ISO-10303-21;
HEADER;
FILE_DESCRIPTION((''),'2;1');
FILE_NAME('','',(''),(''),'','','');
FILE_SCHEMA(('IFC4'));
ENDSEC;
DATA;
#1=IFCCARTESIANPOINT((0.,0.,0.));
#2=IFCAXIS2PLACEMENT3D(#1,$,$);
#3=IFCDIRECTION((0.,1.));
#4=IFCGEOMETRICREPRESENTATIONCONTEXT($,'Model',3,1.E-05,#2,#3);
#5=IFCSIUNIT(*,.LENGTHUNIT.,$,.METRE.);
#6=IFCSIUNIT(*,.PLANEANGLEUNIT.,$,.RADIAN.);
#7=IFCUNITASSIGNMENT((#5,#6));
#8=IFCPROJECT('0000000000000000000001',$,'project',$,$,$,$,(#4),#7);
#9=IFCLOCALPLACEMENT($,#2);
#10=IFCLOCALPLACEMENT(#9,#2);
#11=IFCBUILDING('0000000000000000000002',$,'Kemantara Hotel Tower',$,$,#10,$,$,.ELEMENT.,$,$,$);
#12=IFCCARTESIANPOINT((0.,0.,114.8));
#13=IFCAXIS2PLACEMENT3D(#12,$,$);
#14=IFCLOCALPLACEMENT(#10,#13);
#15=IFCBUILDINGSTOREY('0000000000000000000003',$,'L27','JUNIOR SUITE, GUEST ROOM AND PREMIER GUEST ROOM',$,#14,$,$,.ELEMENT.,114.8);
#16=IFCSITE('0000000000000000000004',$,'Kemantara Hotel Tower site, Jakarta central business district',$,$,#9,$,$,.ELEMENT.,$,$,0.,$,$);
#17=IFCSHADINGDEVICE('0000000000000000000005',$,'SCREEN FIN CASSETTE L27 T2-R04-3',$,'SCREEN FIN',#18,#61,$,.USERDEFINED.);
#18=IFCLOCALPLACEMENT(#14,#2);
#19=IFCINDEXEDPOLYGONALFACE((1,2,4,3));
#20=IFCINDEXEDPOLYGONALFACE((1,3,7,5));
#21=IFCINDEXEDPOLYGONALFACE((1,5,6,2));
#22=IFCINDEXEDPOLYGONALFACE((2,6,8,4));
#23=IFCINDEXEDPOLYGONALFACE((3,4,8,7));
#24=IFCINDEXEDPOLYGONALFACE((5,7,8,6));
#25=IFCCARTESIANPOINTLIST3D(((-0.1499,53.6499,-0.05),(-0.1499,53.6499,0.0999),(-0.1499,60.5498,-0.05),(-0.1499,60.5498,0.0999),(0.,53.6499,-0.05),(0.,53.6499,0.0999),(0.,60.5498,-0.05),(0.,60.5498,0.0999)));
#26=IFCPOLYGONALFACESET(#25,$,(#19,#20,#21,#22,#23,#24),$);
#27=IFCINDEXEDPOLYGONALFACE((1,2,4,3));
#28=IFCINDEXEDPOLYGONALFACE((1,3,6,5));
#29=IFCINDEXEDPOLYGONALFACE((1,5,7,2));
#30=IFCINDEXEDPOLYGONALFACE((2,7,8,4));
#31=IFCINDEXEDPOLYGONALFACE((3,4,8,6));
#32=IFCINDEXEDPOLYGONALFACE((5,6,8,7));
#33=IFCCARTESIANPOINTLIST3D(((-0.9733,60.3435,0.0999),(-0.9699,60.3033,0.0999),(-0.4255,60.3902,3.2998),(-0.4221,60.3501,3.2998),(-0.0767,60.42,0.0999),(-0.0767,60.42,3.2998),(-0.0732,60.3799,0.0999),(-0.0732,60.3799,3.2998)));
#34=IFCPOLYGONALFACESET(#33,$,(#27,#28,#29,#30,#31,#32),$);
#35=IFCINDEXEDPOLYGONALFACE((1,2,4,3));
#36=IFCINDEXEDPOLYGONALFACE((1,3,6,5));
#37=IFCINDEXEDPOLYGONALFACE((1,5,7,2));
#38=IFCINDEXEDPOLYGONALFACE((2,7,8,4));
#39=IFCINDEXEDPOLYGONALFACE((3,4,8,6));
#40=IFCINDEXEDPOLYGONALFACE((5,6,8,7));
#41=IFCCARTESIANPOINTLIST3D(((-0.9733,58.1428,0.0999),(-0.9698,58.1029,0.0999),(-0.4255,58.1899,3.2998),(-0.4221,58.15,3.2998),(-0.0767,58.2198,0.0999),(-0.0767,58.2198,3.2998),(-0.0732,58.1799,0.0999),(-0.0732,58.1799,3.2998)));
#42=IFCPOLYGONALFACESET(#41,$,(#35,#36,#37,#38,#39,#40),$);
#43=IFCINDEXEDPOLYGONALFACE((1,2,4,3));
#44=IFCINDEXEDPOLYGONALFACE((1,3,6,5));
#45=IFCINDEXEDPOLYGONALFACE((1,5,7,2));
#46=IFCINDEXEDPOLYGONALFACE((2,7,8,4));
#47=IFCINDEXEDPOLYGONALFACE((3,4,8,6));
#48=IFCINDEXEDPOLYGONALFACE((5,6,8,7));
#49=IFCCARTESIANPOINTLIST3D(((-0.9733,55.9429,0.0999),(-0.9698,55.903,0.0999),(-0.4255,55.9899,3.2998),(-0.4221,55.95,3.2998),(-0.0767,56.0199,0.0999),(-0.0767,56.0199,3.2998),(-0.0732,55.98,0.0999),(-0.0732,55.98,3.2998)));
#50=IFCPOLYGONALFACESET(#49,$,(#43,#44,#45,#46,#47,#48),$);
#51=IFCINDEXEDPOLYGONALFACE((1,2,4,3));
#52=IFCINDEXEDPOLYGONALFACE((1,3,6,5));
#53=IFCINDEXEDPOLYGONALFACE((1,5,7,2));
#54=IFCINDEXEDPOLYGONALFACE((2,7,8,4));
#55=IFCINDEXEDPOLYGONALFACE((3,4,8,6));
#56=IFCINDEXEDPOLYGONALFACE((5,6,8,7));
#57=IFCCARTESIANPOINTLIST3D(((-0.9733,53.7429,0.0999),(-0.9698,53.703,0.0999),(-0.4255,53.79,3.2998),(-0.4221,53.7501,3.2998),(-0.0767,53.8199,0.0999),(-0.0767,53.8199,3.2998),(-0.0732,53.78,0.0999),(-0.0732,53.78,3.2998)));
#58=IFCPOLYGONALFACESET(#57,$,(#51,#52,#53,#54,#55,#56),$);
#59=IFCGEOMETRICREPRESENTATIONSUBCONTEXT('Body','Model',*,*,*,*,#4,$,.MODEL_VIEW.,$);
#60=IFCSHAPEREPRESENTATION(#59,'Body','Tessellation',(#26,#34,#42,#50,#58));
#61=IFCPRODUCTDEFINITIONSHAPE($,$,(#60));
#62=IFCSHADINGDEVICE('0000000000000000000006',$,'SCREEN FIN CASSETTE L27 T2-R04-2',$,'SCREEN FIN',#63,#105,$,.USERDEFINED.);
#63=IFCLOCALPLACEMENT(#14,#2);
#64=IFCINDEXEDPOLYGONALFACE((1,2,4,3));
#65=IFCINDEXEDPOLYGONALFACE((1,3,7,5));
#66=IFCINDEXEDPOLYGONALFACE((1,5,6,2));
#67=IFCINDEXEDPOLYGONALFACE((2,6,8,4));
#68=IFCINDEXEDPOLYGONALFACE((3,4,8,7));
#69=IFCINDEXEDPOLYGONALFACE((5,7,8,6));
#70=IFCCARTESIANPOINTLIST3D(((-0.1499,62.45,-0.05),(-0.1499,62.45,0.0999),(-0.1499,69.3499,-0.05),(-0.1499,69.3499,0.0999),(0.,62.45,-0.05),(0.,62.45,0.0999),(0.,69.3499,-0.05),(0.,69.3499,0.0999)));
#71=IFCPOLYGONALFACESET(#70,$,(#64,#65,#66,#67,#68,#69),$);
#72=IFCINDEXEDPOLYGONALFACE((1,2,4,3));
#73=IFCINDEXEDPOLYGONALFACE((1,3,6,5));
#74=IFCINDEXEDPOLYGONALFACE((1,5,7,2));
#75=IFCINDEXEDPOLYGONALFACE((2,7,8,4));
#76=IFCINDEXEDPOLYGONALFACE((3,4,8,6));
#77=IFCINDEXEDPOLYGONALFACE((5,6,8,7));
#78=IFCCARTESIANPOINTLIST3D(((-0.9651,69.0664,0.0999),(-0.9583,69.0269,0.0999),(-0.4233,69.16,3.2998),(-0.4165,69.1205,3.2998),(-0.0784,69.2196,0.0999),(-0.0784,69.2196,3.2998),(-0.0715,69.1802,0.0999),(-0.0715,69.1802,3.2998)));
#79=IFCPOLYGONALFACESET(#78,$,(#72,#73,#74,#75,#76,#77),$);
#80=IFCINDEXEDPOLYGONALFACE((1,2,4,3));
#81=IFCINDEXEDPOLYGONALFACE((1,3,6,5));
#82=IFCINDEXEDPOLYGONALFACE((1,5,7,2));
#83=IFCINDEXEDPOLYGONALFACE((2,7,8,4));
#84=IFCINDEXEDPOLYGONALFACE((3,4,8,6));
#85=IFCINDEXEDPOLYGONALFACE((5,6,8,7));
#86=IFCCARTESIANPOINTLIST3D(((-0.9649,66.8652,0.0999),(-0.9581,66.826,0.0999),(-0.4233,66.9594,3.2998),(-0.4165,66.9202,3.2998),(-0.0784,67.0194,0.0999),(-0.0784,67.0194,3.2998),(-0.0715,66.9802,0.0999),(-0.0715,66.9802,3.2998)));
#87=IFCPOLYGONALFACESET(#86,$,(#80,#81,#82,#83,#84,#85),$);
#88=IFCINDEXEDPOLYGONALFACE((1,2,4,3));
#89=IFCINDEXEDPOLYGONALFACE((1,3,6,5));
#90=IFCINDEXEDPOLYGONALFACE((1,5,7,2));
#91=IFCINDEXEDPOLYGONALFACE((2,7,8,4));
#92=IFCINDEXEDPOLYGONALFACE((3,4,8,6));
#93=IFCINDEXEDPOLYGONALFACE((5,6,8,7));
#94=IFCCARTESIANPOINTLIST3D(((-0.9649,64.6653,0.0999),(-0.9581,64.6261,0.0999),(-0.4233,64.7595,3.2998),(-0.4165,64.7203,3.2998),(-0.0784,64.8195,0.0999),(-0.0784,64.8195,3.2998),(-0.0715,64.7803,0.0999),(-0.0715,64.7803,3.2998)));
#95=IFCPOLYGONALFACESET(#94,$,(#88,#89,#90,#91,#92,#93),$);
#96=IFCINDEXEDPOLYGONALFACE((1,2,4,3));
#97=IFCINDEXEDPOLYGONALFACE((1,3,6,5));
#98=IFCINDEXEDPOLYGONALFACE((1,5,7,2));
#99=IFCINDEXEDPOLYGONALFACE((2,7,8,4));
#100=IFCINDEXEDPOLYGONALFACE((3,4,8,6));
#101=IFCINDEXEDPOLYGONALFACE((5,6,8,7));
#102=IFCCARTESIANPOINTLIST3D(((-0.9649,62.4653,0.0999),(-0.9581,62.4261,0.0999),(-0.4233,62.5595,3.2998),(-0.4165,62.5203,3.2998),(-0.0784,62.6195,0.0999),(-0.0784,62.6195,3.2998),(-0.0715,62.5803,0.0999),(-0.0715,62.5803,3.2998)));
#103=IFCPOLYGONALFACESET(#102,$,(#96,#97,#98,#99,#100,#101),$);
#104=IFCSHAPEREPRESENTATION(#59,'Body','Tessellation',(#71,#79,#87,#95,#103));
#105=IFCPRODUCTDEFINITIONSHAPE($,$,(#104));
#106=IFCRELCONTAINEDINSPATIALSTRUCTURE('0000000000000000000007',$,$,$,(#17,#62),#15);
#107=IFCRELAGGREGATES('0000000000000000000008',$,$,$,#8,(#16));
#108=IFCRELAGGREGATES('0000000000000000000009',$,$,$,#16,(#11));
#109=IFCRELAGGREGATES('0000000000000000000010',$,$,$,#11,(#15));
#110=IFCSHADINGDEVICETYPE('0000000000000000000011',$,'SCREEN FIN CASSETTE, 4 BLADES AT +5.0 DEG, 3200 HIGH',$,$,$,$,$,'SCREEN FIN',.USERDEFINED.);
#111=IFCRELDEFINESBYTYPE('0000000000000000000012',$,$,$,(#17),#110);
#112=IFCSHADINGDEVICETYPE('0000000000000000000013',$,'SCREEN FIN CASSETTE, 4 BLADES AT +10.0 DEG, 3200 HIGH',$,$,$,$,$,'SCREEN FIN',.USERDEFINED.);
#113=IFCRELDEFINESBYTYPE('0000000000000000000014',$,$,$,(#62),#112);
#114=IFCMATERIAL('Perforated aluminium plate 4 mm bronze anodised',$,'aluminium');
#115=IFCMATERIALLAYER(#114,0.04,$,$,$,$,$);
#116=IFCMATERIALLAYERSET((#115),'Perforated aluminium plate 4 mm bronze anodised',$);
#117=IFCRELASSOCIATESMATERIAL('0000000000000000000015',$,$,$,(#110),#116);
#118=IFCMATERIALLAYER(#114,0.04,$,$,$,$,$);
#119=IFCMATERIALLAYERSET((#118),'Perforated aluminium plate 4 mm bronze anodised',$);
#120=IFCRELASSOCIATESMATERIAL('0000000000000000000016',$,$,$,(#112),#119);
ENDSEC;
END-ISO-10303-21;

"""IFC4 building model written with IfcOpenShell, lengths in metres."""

from ifc_helpers import new_model, si_unit, direction, frame, origin, origin_2d, place, context, subcontext, project, spatial, polyline, rectangle, outline, extrude, source, transform, mapped, material, layer, layer_set, type_object, element, save


model = new_model("IFC4")

# Units and contexts
model_context = context("Model", 3, precision=1e-05, world=origin(), true_north=direction((0.0, 1.0)))
body_context = subcontext(model_context, "Body", "Model", "MODEL_VIEW")
ifc_project = project(units=[si_unit("LENGTHUNIT", "METRE"), si_unit("PLANEANGLEUNIT", "RADIAN")], contexts=[model_context])

# Site, building, storey
site_placement = place(None, origin())
site = spatial("IfcSite", under=ifc_project, at=site_placement, Name="Kemantara Hotel Tower site, Jakarta central business district", CompositionType="ELEMENT", RefElevation=0.0)
building_placement = place(site_placement, origin())
building = spatial("IfcBuilding", under=site, at=building_placement, Name="Kemantara Hotel Tower", CompositionType="ELEMENT")
storey_placement = place(building_placement, frame((0.0, 0.0, 114.8)))
storey = spatial("IfcBuildingStorey", under=building, at=storey_placement, Name="L27", Description="JUNIOR SUITE, GUEST ROOM AND PREMIER GUEST ROOM", CompositionType="ELEMENT", Elevation=114.8)

# Shading devices
ifc_material_1 = material(Name="Perforated aluminium plate 4 mm bronze anodised", Category="aluminium")
ifc_layer_1 = layer(ifc_material_1, 0.04)
ifc_layer_set_1 = layer_set([ifc_layer_1], Name="Perforated aluminium plate 4 mm bronze anodised")
shading_device_type_1 = type_object("IfcShadingDeviceType", Name="SCREEN FIN CASSETTE, 4 BLADES AT +5.0 DEG, 3200 HIGH", ElementType="SCREEN FIN", PredefinedType="USERDEFINED", material=ifc_layer_set_1)
shared_shape_1 = source(origin(), body_context, "Body", "SweptSolid", [
    extrude(rectangle(XDim=6.8999, YDim=0.1499, at=origin_2d()), frame((3.3, -0.075, -0.1499), z_axis=(0.0, 0.0, 1.0), x_axis=(1.0, 0.0, 0.0)), (0.0, 0.0, 1.0), 0.1499),
    extrude(outline(polyline([(0.0, 0.0), (0.8999, 0.0), (0.3501, 3.2), (0.0, 3.2), (0.0, 0.0)])), frame((0.02, -0.0732, 0.0), z_axis=(-0.996376, -0.085056, 0.0), x_axis=(0.085056, -0.996376, 0.0)), (0.0, 0.0, 1.0), 0.0403),
    extrude(outline(polyline([(0.0, 0.0), (0.8999, 0.0), (0.3501, 3.2), (0.0, 3.2), (0.0, 0.0)])), frame((2.22, -0.0732, 0.0), z_axis=(-0.996332, -0.085575, 0.0), x_axis=(0.085575, -0.996332, 0.0)), (0.0, 0.0, 1.0), 0.04),
    extrude(outline(polyline([(0.0, 0.0), (0.8999, 0.0), (0.3501, 3.2), (0.0, 3.2), (0.0, 0.0)])), frame((4.4199, -0.0732, 0.0), z_axis=(-0.996332, -0.085575, 0.0), x_axis=(0.085575, -0.996332, 0.0)), (0.0, 0.0, 1.0), 0.04),
    extrude(outline(polyline([(0.0, 0.0), (0.8999, 0.0), (0.3501, 3.2), (0.0, 3.2), (0.0, 0.0)])), frame((6.6199, -0.0732, 0.0), z_axis=(-0.996332, -0.085575, 0.0), x_axis=(0.085575, -0.996332, 0.0)), (0.0, 0.0, 1.0), 0.04),
])
shading_device_1_placement = place(storey_placement, frame((0.0, 60.3999, 0.0999), z_axis=(0.0, 0.0, 1.0), x_axis=(0.0, -1.0, 0.0)))
element("IfcShadingDevice", 1, at=shading_device_1_placement, inside=storey, type_object=shading_device_type_1, Name="SCREEN FIN CASSETTE L27 T2-R04-3", ObjectType="SCREEN FIN", PredefinedType="USERDEFINED", context=body_context, shape_type="MappedRepresentation", body=[
    mapped(shared_shape_1, transform((0.0, 0.0, 0.0))),
])
ifc_layer_2 = layer(ifc_material_1, 0.04)
ifc_layer_set_2 = layer_set([ifc_layer_2], Name="Perforated aluminium plate 4 mm bronze anodised")
shading_device_type_2 = type_object("IfcShadingDeviceType", Name="SCREEN FIN CASSETTE, 4 BLADES AT +10.0 DEG, 3200 HIGH", ElementType="SCREEN FIN", PredefinedType="USERDEFINED", material=ifc_layer_set_2)
shared_shape_2 = source(origin(), body_context, "Body", "SweptSolid", [
    extrude(rectangle(XDim=6.8999, YDim=0.1499, at=origin_2d()), frame((3.3, -0.075, -0.1499), z_axis=(0.0, 0.0, 1.0), x_axis=(1.0, 0.0, 0.0)), (0.0, 0.0, 1.0), 0.1499),
    extrude(outline(polyline([(0.0, 0.0), (0.8999, 0.0), (0.3501, 3.2), (0.0, 3.2), (0.0, 0.0)])), frame((0.0198, -0.0715, 0.0), z_axis=(-0.98539, -0.170314, 0.0), x_axis=(0.170314, -0.98539, 0.0)), (0.0, 0.0, 1.0), 0.04),
    extrude(outline(polyline([(0.0, 0.0), (0.8999, 0.0), (0.3501, 3.2), (0.0, 3.2), (0.0, 0.0)])), frame((2.2197, -0.0715, 0.0), z_axis=(-0.985212, -0.171341, 0.0), x_axis=(0.171341, -0.985212, 0.0)), (0.0, 0.0, 1.0), 0.0398),
    extrude(outline(polyline([(0.0, 0.0), (0.8999, 0.0), (0.3501, 3.2), (0.0, 3.2), (0.0, 0.0)])), frame((4.4197, -0.0715, 0.0), z_axis=(-0.985212, -0.171341, 0.0), x_axis=(0.171341, -0.985212, 0.0)), (0.0, 0.0, 1.0), 0.0398),
    extrude(outline(polyline([(0.0, 0.0), (0.8999, 0.0), (0.3501, 3.2), (0.0, 3.2), (0.0, 0.0)])), frame((6.6196, -0.0715, 0.0), z_axis=(-0.985212, -0.171341, 0.0), x_axis=(0.171341, -0.985212, 0.0)), (0.0, 0.0, 1.0), 0.0398),
])
shading_device_2_placement = place(storey_placement, frame((0.0, 69.2, 0.0999), z_axis=(0.0, 0.0, 1.0), x_axis=(0.0, -1.0, 0.0)))
element("IfcShadingDevice", 2, at=shading_device_2_placement, inside=storey, type_object=shading_device_type_2, Name="SCREEN FIN CASSETTE L27 T2-R04-2", ObjectType="SCREEN FIN", PredefinedType="USERDEFINED", context=body_context, shape_type="MappedRepresentation", body=[
    mapped(shared_shape_2, transform((0.0, 0.0, 0.0))),
])

save(model, "model.ifc")
